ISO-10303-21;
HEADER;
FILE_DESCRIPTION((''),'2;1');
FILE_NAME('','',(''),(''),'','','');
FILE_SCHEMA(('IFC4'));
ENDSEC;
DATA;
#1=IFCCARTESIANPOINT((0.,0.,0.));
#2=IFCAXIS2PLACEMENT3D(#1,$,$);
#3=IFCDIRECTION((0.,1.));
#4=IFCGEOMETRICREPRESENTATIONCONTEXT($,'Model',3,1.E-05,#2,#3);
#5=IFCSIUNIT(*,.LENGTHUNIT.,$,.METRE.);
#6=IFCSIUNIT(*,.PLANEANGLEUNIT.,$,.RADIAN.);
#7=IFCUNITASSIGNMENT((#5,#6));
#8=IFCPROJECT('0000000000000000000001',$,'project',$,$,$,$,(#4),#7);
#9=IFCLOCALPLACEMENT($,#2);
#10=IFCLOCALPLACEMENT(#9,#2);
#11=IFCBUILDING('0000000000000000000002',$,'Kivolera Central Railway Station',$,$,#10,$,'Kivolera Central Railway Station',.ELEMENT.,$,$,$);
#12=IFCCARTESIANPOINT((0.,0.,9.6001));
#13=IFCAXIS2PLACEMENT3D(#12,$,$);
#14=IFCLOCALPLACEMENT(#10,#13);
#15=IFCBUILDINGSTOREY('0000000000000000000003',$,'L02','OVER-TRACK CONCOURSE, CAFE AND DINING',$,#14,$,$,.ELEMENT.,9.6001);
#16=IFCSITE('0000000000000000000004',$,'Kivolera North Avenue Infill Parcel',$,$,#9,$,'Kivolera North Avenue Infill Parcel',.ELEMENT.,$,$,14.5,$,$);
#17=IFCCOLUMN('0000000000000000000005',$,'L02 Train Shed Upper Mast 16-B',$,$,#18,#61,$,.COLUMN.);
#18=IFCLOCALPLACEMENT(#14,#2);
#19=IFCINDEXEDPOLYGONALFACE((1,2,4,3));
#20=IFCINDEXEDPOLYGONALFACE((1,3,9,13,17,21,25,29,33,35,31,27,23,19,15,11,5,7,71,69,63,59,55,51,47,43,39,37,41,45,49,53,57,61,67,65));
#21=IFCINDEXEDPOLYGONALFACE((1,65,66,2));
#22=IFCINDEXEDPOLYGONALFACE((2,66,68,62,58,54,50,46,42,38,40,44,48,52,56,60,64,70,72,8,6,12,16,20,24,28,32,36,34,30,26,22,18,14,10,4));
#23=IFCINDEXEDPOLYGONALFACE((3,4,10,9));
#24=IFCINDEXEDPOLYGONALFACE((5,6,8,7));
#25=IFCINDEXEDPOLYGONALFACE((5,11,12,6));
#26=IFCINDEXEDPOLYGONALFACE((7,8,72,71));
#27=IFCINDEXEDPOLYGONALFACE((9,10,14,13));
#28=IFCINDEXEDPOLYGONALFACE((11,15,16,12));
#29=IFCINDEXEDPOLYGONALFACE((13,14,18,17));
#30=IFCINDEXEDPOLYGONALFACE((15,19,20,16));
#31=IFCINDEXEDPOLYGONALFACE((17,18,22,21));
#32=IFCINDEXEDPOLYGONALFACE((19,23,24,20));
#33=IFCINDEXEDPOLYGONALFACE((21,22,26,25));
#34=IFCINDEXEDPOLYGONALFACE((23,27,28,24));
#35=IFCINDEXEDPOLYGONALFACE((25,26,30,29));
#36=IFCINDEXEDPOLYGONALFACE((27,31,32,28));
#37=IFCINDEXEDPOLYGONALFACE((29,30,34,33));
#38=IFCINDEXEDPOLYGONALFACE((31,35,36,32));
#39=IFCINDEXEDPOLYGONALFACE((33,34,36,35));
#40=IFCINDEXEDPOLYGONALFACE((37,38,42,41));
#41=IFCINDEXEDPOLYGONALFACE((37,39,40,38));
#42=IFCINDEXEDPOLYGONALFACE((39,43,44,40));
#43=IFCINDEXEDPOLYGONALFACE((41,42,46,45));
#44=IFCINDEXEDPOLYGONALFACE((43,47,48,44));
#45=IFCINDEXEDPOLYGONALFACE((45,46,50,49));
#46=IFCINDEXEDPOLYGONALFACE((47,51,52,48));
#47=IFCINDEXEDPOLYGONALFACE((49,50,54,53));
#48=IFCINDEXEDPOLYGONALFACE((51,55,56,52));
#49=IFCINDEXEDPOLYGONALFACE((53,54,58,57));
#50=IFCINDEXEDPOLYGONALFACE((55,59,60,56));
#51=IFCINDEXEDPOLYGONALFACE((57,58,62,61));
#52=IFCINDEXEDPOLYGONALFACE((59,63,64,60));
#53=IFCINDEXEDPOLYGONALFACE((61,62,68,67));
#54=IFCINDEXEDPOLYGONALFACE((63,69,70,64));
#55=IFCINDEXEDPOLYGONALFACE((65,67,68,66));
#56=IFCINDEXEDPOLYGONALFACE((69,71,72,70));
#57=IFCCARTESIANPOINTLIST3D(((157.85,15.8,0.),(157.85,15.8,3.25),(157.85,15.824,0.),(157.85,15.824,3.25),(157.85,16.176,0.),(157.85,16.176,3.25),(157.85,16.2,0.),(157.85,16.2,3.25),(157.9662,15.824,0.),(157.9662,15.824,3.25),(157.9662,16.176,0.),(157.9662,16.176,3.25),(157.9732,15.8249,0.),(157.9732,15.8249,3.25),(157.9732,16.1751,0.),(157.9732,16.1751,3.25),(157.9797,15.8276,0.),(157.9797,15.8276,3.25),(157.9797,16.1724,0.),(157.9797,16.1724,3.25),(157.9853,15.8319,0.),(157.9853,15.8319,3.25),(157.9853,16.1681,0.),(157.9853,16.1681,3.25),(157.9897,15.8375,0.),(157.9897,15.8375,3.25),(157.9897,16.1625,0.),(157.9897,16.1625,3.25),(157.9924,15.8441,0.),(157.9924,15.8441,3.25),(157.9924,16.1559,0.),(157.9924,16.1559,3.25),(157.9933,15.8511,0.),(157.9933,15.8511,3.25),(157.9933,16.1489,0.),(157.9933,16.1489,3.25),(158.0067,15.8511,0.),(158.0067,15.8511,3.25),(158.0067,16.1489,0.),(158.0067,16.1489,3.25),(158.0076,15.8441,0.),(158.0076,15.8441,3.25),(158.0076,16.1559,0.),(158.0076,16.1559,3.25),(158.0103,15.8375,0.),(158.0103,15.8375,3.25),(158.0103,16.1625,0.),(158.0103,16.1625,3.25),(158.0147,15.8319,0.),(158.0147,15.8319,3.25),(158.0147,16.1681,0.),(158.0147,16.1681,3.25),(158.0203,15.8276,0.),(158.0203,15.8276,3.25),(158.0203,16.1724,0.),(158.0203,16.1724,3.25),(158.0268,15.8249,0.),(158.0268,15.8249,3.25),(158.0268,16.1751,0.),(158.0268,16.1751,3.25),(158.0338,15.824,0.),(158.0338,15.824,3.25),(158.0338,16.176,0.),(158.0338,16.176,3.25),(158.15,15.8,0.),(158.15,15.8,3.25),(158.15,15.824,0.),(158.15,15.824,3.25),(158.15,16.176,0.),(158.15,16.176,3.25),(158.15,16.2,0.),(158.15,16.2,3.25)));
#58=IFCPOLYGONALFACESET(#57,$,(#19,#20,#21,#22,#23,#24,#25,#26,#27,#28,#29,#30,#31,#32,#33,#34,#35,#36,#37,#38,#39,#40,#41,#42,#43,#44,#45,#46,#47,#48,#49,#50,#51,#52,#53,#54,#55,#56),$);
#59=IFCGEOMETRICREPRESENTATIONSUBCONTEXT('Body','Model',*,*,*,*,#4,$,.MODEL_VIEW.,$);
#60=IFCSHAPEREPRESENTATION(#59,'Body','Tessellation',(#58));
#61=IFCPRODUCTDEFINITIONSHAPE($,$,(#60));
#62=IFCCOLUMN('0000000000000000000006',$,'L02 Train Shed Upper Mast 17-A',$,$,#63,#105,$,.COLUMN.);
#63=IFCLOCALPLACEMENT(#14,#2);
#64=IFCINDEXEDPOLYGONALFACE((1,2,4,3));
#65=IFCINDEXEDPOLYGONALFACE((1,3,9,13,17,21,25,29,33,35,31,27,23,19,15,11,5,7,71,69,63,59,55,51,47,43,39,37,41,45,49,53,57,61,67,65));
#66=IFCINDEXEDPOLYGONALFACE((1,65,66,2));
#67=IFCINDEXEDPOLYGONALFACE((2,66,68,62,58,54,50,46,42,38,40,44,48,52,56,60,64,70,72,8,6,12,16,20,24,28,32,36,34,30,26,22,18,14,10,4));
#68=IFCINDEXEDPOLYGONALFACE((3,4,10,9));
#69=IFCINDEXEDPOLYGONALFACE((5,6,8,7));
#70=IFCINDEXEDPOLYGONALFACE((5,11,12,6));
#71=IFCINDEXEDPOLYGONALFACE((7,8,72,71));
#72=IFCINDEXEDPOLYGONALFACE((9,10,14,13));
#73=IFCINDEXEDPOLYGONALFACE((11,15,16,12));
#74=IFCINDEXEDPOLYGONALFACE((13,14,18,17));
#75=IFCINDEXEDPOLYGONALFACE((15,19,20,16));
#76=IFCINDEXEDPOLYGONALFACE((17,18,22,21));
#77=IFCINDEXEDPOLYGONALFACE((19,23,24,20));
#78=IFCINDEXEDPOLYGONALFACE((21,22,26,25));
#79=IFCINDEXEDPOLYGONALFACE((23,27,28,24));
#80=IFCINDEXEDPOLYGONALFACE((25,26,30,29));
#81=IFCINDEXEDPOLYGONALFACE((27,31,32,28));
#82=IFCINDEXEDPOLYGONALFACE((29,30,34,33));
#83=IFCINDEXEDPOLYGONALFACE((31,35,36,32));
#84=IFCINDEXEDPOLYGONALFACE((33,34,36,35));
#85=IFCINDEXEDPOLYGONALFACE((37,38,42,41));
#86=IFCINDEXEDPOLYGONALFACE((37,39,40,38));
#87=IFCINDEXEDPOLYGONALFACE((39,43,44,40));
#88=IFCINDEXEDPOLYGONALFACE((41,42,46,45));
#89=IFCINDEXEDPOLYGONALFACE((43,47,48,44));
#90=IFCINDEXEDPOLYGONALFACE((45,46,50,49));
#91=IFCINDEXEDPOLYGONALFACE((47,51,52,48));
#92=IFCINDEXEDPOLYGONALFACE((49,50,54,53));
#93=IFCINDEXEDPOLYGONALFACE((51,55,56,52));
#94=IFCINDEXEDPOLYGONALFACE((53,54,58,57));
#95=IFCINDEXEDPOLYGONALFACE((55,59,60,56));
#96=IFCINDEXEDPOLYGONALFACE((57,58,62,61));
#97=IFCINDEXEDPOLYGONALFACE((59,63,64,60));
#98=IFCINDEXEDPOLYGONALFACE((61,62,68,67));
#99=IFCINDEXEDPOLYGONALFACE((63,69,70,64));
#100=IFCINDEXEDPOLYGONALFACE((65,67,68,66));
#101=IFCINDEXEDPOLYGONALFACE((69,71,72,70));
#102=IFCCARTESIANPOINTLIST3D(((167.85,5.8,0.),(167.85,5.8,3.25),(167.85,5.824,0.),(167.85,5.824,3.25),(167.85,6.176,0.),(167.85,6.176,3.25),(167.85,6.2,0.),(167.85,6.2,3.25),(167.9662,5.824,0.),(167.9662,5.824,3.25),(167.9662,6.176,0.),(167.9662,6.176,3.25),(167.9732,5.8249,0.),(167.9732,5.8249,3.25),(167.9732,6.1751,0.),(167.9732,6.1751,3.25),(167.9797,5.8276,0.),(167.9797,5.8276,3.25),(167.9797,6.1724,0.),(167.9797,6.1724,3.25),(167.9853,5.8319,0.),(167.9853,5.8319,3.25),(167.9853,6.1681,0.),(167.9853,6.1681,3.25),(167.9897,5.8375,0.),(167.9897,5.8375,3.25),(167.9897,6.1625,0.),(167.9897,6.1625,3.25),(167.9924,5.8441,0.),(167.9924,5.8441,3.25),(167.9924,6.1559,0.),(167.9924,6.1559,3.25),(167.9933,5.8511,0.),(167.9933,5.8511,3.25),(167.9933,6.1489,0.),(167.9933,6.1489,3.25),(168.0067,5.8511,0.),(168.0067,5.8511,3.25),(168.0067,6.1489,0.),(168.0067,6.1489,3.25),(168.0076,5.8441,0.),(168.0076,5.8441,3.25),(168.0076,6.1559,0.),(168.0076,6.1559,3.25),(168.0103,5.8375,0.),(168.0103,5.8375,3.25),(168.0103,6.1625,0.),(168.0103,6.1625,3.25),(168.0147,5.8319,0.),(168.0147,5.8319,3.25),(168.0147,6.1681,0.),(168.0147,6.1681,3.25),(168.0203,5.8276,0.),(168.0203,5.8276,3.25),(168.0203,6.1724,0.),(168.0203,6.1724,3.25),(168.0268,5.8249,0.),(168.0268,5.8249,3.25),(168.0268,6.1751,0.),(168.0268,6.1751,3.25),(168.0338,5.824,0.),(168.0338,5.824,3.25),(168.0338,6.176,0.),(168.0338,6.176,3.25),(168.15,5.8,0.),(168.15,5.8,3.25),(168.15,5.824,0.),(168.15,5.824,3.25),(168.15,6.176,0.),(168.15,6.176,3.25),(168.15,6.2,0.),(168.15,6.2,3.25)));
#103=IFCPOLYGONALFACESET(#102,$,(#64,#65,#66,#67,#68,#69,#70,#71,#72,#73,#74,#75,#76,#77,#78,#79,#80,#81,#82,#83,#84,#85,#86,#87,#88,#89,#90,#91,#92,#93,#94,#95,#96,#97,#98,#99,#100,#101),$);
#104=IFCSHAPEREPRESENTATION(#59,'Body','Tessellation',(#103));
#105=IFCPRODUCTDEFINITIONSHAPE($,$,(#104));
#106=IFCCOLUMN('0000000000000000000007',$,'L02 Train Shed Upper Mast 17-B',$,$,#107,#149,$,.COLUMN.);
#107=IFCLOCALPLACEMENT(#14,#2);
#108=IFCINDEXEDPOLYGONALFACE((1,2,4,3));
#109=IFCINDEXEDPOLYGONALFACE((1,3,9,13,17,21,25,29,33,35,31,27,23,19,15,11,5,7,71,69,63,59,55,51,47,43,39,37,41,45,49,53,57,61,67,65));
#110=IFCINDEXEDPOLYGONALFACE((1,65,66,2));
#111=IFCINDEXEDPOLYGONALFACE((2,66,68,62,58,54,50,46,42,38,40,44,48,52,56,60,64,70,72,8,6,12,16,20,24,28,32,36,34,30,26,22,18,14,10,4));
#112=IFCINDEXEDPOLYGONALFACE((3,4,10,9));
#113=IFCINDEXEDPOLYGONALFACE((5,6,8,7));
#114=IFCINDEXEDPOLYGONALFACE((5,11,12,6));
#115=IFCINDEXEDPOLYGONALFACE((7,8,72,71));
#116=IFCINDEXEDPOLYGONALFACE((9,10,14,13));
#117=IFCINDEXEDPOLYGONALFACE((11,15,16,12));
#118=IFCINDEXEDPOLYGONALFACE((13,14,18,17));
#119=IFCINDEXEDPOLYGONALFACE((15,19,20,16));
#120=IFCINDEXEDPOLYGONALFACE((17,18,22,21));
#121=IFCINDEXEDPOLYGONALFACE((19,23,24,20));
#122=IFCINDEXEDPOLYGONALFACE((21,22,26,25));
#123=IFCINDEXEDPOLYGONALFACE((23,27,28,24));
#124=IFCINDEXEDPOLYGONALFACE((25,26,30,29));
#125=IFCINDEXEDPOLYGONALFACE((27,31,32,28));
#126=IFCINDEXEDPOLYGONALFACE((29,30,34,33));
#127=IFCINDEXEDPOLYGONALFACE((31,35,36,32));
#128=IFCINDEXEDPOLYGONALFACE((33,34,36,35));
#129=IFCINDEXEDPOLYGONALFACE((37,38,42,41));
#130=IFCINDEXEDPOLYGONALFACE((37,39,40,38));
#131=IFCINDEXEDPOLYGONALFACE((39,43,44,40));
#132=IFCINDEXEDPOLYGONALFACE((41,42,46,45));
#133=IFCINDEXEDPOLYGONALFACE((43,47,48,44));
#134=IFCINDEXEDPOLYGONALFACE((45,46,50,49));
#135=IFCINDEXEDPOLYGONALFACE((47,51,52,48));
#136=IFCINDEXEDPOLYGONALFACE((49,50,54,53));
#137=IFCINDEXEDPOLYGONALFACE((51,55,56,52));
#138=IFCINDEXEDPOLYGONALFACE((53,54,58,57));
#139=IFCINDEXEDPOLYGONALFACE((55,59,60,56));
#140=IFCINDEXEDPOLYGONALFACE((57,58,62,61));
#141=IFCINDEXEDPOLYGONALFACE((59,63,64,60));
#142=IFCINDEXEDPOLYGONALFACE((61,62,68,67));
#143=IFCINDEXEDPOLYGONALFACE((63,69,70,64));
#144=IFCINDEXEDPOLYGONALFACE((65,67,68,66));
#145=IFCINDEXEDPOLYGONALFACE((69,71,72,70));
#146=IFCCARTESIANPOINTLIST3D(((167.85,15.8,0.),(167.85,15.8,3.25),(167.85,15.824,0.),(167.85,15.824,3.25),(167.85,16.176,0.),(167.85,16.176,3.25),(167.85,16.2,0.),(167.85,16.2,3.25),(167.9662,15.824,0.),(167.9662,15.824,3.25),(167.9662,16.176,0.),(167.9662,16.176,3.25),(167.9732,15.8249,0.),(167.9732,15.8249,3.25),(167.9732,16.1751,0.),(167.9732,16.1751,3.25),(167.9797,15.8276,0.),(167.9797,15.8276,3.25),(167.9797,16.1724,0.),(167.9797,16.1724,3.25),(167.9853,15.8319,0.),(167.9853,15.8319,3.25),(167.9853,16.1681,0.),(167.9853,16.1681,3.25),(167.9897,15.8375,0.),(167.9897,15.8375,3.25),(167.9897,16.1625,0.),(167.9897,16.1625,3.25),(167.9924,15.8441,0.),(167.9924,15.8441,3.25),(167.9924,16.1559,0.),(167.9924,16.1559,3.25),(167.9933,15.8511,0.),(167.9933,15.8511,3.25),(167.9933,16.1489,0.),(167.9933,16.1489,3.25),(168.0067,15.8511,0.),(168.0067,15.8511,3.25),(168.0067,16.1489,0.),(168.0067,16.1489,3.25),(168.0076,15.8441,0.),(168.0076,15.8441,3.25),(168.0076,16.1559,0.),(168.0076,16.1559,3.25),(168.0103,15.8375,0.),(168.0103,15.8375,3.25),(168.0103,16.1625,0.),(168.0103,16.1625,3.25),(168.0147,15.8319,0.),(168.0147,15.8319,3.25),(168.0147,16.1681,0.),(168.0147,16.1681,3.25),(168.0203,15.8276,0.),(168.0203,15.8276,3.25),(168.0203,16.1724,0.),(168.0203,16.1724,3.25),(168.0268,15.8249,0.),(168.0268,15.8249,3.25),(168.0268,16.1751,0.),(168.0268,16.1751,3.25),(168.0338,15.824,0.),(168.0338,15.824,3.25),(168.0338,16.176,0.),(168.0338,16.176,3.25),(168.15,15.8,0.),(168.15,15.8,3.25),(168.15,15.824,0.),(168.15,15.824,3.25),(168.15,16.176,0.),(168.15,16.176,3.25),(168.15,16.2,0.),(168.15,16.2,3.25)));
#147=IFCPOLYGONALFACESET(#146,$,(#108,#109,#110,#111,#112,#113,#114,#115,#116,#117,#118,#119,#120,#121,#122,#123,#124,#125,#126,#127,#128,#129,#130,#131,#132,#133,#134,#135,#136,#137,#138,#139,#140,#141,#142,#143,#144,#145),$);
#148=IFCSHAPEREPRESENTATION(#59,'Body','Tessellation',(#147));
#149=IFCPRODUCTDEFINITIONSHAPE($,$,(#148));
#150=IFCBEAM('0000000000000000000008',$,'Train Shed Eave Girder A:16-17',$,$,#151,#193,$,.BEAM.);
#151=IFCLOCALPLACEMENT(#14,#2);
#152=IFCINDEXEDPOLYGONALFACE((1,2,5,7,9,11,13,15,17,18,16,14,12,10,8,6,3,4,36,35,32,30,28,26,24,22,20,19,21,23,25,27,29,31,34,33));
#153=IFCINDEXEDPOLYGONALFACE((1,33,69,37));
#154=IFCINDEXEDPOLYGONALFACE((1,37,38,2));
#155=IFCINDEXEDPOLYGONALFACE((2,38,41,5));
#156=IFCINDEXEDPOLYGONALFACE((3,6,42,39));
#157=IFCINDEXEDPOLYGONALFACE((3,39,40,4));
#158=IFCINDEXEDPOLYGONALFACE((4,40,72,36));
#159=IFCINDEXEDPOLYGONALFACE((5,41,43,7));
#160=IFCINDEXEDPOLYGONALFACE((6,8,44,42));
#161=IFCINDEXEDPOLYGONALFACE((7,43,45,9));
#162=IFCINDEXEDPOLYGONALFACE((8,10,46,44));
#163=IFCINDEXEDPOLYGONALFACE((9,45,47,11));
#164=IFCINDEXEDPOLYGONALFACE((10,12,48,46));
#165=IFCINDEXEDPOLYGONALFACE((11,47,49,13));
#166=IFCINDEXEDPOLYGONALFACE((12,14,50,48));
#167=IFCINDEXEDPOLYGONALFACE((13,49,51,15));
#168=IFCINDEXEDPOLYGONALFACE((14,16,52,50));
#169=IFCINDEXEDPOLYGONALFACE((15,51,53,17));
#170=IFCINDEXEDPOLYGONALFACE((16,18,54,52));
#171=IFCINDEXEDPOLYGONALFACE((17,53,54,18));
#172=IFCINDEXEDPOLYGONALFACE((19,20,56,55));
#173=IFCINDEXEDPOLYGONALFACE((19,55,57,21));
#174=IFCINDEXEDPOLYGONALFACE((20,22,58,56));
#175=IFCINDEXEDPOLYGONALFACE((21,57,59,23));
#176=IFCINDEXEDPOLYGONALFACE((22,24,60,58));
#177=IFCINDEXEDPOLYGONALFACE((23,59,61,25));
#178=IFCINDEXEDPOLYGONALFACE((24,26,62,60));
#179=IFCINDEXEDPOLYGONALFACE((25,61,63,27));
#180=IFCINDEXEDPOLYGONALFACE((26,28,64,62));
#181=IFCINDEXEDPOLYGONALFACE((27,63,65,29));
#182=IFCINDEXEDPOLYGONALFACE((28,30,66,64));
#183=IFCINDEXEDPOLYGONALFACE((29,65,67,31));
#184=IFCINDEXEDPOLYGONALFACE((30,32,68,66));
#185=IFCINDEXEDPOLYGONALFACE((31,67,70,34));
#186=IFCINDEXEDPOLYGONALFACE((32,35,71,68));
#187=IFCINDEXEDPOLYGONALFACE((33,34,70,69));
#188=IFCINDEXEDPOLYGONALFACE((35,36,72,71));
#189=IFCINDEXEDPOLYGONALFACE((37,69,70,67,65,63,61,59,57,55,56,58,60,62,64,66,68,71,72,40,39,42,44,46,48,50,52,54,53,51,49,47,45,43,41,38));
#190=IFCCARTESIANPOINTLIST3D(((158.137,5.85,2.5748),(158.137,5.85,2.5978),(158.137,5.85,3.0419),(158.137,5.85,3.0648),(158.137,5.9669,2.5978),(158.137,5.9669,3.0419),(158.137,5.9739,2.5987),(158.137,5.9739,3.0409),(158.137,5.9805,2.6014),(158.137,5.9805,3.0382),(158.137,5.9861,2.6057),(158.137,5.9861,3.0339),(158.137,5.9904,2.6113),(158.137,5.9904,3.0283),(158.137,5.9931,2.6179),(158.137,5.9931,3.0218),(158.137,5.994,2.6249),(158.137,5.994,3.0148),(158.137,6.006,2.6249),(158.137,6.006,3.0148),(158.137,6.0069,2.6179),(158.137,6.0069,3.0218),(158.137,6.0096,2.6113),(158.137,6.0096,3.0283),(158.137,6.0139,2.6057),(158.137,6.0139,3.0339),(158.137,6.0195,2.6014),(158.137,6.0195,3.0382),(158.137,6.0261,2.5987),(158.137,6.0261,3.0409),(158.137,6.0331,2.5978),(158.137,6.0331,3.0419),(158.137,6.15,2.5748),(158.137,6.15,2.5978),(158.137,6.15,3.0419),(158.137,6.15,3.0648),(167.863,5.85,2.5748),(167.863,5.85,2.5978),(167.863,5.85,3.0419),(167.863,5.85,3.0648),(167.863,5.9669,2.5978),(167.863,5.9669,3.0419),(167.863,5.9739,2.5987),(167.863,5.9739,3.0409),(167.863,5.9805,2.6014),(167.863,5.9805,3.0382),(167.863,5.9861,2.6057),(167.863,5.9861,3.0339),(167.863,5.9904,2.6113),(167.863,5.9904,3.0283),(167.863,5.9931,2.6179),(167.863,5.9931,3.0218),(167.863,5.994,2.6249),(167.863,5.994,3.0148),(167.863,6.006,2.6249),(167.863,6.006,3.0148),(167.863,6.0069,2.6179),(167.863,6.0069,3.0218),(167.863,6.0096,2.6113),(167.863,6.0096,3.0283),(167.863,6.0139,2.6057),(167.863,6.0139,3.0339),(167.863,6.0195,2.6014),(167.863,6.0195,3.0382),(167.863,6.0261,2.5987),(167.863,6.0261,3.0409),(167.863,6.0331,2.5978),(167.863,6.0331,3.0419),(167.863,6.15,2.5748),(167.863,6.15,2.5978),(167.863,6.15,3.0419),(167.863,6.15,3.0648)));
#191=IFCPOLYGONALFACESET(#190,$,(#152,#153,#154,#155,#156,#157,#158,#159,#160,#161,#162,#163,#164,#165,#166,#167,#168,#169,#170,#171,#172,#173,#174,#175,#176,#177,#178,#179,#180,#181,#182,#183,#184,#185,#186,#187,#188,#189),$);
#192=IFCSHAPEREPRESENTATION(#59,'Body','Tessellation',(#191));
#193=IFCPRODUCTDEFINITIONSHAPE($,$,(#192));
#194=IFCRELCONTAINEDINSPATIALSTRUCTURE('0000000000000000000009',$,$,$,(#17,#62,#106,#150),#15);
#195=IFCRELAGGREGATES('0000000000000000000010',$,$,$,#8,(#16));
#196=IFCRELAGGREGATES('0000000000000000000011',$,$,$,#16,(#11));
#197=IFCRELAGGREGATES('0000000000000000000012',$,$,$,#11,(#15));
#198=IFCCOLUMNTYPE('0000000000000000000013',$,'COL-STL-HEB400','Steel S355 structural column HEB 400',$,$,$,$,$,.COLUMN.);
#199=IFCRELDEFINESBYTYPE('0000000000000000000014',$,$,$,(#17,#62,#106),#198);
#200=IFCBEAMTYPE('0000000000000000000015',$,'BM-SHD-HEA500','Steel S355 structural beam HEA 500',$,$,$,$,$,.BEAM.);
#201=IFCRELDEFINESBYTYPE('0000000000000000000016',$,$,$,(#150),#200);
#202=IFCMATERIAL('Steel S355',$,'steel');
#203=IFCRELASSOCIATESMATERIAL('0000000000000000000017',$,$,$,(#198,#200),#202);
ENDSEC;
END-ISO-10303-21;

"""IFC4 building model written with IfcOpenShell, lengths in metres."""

from ifc_helpers import new_model, si_unit, direction, frame, origin, origin_2d, place, context, subcontext, project, spatial, i_section, extrude, material, material_profile, profile_set, type_object, element, save


model = new_model("IFC4")

# Units and contexts
model_context = context("Model", 3, precision=1e-05, world=origin(), true_north=direction((0.0, 1.0)))
body_context = subcontext(model_context, "Body", "Model", "MODEL_VIEW")
ifc_project = project(units=[si_unit("LENGTHUNIT", "METRE"), si_unit("PLANEANGLEUNIT", "RADIAN")], contexts=[model_context])

# Site, building, storey
site_placement = place(None, origin())
site = spatial("IfcSite", under=ifc_project, at=site_placement, Name="Kivolera North Avenue Infill Parcel", LongName="Kivolera North Avenue Infill Parcel", CompositionType="ELEMENT", RefElevation=14.5)
building_placement = place(site_placement, origin())
building = spatial("IfcBuilding", under=site, at=building_placement, Name="Kivolera Central Railway Station", LongName="Kivolera Central Railway Station", CompositionType="ELEMENT")
storey_placement = place(building_placement, frame((0.0, 0.0, 9.6001)))
storey = spatial("IfcBuildingStorey", under=building, at=storey_placement, Name="L02", Description="OVER-TRACK CONCOURSE, CAFE AND DINING", CompositionType="ELEMENT", Elevation=9.6001)

# Columns
ifc_material_1 = material(Name="Steel S355", Category="steel")
ifc_material_profile_1 = material_profile(ifc_material_1, i_section(OverallWidth=0.3, OverallDepth=0.3999, WebThickness=0.0134, FlangeThickness=0.0239, FilletRadius=0.0271, at=origin_2d()), Name="HEB 400")
ifc_profile_set_1 = profile_set([ifc_material_profile_1], Name="Steel S355")
column_type = type_object("IfcColumnType", Name="COL-STL-HEB400", Description="Steel S355 structural column HEB 400", PredefinedType="COLUMN", material=ifc_profile_set_1)
for number, where, z_axis, x_axis, name in (
    (1, (158.0, 16.0, 0.0), (0.0, 0.0, 1.0), (1.0, 0.0, 0.0), "L02 Train Shed Upper Mast 16-B"),
    (2, (168.0, 6.0, 0.0), (0.0, 0.0, 1.0), (1.0, 0.0, 0.0), "L02 Train Shed Upper Mast 17-A"),
    (3, (168.0, 16.0, 0.0), (0.0, 0.0, 1.0), (1.0, 0.0, 0.0), "L02 Train Shed Upper Mast 17-B"),
):
    element("IfcColumn", number, at=place(storey_placement, frame(where, z_axis=z_axis, x_axis=x_axis)), inside=storey, type_object=column_type, Name=name, PredefinedType="COLUMN", context=body_context, shape_type="SweptSolid", body=[
        extrude(i_section(OverallWidth=0.3, OverallDepth=0.3999, WebThickness=0.0134, FlangeThickness=0.0239, FilletRadius=0.0271, at=origin_2d()), origin(), (0.0, 0.0, 1.0), 3.25),
    ])

# Beam
ifc_material_profile_2 = material_profile(ifc_material_1, i_section(OverallWidth=0.3, OverallDepth=0.49, WebThickness=0.012, FlangeThickness=0.0229, FilletRadius=0.0271, at=origin_2d()), Name="HEA 500")
ifc_profile_set_2 = profile_set([ifc_material_profile_2], Name="Steel S355")
beam_type_1 = type_object("IfcBeamType", Name="BM-SHD-HEA500", Description="Steel S355 structural beam HEA 500", PredefinedType="BEAM", material=ifc_profile_set_2)
for number, where, z_axis, x_axis, name in (
    (4, (158.137, 6.0, 2.8198), (1.0, 0.0, 0.0), (0.0, 1.0, 0.0), "Train Shed Eave Girder A:16-17"),
):
    element("IfcBeam", number, at=place(storey_placement, frame(where, z_axis=z_axis, x_axis=x_axis)), inside=storey, type_object=beam_type_1, Name=name, PredefinedType="BEAM", context=body_context, shape_type="SweptSolid", body=[
        extrude(i_section(OverallWidth=0.3, OverallDepth=0.49, WebThickness=0.012, FlangeThickness=0.0229, FilletRadius=0.0271, at=origin_2d()), origin(), (0.0, 0.0, 1.0), 9.7261),
    ])

save(model, "model.ifc")
